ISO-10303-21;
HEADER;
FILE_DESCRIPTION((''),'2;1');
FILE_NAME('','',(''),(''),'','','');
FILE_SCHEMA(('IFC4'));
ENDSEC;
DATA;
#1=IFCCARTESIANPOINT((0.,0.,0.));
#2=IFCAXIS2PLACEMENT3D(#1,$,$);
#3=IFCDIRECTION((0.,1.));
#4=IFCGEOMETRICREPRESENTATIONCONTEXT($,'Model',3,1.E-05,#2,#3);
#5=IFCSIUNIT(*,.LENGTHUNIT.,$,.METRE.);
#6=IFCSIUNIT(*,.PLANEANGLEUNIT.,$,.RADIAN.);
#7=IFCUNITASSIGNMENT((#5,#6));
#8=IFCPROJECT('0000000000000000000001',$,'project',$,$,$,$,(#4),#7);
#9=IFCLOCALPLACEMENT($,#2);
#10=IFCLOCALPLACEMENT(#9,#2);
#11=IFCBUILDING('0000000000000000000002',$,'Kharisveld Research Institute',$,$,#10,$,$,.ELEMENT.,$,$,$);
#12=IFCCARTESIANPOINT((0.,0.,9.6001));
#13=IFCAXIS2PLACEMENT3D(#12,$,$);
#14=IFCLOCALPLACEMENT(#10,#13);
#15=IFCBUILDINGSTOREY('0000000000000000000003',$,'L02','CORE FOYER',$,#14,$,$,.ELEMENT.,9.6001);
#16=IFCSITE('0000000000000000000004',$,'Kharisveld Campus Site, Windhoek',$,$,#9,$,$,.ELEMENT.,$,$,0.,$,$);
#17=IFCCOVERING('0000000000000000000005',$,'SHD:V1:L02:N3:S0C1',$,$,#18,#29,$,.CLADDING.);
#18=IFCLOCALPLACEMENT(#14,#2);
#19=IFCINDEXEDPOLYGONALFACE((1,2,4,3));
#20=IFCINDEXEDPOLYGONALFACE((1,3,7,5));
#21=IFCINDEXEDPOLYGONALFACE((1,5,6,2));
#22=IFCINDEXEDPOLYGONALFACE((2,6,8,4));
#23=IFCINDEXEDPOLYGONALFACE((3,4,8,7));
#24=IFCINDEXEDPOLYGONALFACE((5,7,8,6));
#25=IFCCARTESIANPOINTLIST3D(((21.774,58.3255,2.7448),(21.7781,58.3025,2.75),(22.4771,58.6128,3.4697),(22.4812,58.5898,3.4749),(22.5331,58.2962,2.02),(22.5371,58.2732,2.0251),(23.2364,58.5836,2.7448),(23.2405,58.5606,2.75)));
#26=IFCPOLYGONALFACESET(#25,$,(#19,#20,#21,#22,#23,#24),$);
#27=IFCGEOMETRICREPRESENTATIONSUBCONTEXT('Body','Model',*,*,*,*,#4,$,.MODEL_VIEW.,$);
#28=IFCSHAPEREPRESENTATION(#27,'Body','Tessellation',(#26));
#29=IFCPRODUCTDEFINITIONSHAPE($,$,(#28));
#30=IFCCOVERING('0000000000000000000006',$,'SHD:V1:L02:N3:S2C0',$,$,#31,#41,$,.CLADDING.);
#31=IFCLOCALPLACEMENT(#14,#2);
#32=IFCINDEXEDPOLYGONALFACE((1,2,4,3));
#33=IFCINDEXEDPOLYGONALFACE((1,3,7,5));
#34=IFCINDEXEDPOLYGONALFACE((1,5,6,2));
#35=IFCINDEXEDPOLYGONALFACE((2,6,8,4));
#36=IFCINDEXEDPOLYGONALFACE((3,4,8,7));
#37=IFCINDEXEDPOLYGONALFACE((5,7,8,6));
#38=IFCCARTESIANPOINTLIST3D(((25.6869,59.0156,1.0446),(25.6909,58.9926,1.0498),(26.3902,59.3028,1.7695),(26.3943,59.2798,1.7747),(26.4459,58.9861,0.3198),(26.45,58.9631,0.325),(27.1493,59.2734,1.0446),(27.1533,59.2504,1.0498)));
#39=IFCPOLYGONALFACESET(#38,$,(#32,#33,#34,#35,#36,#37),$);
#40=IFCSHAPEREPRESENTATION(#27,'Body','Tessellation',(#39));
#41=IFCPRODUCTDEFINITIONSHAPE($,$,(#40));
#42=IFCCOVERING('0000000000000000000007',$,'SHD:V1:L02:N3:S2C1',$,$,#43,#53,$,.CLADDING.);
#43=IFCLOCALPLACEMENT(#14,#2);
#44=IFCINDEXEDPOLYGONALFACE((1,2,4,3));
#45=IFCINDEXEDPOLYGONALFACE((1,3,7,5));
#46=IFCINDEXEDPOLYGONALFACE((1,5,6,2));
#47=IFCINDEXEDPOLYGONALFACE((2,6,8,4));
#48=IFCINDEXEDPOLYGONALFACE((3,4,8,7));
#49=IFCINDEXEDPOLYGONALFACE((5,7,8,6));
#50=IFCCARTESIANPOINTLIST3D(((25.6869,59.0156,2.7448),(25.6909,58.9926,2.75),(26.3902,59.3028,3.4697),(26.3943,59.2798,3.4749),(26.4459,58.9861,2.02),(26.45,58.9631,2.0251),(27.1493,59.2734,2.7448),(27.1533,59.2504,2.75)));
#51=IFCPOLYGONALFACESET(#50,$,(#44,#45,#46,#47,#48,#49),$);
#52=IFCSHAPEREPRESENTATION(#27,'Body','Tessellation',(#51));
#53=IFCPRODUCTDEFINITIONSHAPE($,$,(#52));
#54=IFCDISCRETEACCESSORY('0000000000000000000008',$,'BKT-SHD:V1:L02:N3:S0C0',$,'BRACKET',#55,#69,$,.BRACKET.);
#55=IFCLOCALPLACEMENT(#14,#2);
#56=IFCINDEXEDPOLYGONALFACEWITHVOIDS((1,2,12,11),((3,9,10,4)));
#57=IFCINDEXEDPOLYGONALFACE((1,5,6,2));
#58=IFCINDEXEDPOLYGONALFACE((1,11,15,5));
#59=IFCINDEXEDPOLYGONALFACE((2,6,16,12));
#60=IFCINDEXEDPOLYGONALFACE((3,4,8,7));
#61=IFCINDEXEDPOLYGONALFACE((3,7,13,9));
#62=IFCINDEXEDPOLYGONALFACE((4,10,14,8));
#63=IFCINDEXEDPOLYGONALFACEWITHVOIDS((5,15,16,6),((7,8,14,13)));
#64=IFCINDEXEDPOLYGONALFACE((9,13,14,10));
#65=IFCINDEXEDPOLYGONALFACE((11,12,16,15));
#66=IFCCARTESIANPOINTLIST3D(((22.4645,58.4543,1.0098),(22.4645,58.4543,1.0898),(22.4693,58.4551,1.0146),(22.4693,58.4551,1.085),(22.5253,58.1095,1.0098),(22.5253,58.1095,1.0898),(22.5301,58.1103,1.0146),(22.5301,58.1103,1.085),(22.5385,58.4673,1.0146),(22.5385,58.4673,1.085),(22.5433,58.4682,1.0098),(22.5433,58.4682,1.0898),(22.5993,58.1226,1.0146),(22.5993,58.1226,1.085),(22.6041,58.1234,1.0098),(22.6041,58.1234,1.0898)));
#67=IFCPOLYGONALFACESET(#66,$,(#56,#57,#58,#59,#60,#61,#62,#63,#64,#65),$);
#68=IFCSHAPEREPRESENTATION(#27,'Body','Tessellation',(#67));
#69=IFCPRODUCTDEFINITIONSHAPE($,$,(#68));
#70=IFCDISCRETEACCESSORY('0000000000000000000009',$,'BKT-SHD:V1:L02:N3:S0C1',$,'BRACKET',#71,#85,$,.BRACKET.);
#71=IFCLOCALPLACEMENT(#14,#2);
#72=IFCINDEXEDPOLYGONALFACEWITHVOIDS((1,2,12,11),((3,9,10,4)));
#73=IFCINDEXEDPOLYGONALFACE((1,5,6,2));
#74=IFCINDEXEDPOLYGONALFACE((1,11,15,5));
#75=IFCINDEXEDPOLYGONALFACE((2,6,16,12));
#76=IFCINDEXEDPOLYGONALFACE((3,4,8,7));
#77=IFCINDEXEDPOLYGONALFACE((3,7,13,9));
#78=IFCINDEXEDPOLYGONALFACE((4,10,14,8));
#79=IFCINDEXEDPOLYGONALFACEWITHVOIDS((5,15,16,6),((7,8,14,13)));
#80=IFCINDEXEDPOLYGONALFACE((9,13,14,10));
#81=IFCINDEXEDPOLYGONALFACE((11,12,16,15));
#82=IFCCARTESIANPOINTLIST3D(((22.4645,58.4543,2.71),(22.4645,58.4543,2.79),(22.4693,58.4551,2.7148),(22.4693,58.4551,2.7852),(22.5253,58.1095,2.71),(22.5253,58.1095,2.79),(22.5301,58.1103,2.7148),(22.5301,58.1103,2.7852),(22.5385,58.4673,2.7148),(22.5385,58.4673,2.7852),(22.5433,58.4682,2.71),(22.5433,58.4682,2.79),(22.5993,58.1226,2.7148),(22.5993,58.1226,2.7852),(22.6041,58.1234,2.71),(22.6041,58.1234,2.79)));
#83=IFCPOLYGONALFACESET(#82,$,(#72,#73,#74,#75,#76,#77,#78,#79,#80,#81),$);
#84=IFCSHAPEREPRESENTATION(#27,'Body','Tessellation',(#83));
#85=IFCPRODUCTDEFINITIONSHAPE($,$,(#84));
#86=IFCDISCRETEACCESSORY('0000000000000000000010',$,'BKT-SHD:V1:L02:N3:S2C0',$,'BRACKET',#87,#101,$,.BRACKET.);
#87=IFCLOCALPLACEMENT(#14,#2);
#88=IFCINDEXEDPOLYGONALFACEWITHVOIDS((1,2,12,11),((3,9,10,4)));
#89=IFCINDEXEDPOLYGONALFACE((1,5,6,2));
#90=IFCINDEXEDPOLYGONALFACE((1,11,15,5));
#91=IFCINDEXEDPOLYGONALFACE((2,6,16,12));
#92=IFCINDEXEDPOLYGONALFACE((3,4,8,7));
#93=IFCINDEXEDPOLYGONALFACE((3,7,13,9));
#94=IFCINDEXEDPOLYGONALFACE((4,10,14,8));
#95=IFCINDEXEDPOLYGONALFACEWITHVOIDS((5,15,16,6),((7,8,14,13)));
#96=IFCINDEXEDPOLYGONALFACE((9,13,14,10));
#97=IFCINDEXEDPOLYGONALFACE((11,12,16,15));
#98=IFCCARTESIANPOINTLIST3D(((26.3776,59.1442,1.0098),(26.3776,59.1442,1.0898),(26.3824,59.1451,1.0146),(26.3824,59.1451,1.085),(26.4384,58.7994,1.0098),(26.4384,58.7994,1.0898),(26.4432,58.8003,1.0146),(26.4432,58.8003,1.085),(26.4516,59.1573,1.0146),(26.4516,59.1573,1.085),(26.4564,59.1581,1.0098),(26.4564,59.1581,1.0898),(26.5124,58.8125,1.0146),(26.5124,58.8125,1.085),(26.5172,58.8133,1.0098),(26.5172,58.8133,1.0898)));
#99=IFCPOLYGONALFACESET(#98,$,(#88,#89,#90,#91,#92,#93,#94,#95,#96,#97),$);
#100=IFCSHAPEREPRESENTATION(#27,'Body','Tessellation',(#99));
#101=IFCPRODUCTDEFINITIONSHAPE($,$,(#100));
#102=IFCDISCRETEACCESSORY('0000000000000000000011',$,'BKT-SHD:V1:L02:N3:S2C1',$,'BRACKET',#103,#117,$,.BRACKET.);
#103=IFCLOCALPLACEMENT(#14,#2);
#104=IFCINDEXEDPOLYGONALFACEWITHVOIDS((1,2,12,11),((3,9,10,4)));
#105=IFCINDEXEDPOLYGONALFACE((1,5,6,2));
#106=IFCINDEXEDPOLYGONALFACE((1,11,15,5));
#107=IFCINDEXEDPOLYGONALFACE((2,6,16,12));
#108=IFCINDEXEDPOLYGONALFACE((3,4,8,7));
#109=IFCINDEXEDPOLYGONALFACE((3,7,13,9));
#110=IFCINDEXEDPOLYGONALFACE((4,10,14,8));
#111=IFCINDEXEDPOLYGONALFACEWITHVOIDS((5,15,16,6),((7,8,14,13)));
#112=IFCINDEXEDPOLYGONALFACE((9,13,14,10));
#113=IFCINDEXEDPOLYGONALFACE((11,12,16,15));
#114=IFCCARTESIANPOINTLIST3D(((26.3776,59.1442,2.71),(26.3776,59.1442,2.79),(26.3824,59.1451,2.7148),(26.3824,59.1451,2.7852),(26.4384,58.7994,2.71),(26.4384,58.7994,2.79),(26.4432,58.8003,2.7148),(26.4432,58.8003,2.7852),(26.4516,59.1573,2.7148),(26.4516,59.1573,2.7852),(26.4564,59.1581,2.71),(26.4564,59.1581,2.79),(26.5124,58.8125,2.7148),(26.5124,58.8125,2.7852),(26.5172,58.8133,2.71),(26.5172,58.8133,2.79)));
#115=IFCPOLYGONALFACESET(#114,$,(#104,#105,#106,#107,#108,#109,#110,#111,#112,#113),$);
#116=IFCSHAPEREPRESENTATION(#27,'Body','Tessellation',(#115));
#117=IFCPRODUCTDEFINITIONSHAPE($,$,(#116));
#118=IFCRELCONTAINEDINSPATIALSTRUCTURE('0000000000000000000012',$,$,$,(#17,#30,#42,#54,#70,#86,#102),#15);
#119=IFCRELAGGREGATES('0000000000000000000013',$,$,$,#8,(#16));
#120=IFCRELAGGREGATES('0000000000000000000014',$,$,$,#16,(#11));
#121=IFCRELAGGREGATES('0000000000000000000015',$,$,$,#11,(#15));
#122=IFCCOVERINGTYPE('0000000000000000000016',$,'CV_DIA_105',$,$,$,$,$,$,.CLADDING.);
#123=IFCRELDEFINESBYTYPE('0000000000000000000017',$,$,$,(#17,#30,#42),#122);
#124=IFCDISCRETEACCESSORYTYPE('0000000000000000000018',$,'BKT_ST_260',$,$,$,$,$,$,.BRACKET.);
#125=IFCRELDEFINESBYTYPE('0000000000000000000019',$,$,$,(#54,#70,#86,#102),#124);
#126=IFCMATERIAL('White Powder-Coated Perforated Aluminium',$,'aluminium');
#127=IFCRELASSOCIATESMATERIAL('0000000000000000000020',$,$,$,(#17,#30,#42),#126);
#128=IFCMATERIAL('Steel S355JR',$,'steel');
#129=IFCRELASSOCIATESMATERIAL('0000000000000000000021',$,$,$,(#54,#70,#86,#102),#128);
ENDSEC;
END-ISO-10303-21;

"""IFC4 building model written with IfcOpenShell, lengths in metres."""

from ifc_helpers import new_model, si_unit, direction, frame, origin, origin_2d, place, context, subcontext, project, spatial, polyline, hollow_rectangle, outline, extrude, material, type_object, element, save


model = new_model("IFC4")

# Units and contexts
model_context = context("Model", 3, precision=1e-05, world=origin(), true_north=direction((0.0, 1.0)))
body_context = subcontext(model_context, "Body", "Model", "MODEL_VIEW")
ifc_project = project(units=[si_unit("LENGTHUNIT", "METRE"), si_unit("PLANEANGLEUNIT", "RADIAN")], contexts=[model_context])

# Site, building, storey
site_placement = place(None, origin())
site = spatial("IfcSite", under=ifc_project, at=site_placement, Name="Kharisveld Campus Site, Windhoek", CompositionType="ELEMENT", RefElevation=0.0)
building_placement = place(site_placement, origin())
building = spatial("IfcBuilding", under=site, at=building_placement, Name="Kharisveld Research Institute", CompositionType="ELEMENT")
storey_placement = place(building_placement, frame((0.0, 0.0, 9.6001)))
storey = spatial("IfcBuildingStorey", under=building, at=storey_placement, Name="L02", Description="CORE FOYER", CompositionType="ELEMENT", Elevation=9.6001)

# Coverings
ifc_material_1 = material(Name="White Powder-Coated Perforated Aluminium", Category="aluminium")
covering_type = type_object("IfcCoveringType", Name="CV_DIA_105", PredefinedType="CLADDING")
for number, where, z_axis, x_axis, name in (
    (1, (22.5371, 58.2732, 2.0251), (0.169653, -0.96142, 0.21654), (0.669807, 0.273663, 0.690266), "SHD:V1:L02:N3:S0C1"),
):
    element("IfcCovering", number, at=place(storey_placement, frame(where, z_axis=z_axis, x_axis=x_axis)), inside=storey, type_object=covering_type, material=ifc_material_1, Name=name, PredefinedType="CLADDING", context=body_context, shape_type="SweptSolid", body=[
        extrude(outline(polyline([(0.0, 0.0), (1.0501, 0.0), (1.0499, 1.0501), (0.0, 1.05), (0.0, 0.0)])), origin(), (0.0, 0.0, -1.0), 0.0239),
    ])
for number, where, z_axis, x_axis, name in (
    (2, (26.45, 58.9631, 0.325), (0.169498, -0.961453, 0.216512), (0.66983, 0.273536, 0.690294), "SHD:V1:L02:N3:S2C0"),
    (3, (26.45, 58.9631, 2.0251), (0.169498, -0.961453, 0.216512), (0.66983, 0.273536, 0.690294), "SHD:V1:L02:N3:S2C1"),
):
    element("IfcCovering", number, at=place(storey_placement, frame(where, z_axis=z_axis, x_axis=x_axis)), inside=storey, type_object=covering_type, material=ifc_material_1, Name=name, PredefinedType="CLADDING", context=body_context, shape_type="SweptSolid", body=[
        extrude(outline(polyline([(0.0, 0.0), (1.0501, 0.0), (1.0501, 1.05), (0.0, 1.05), (0.0, 0.0)])), origin(), (0.0, 0.0, -1.0), 0.0239),
    ])

# Discrete accessories
ifc_material_2 = material(Name="Steel S355JR", Category="steel")
discrete_accessory_type = type_object("IfcDiscreteAccessoryType", Name="BKT_ST_260", PredefinedType="BRACKET")
for number, where, z_axis, x_axis, name in (
    (4, (22.5647, 58.1165, 1.0498), (-0.173666, 0.984805, 0.0), (-0.984805, -0.173666, 0.0), "BKT-SHD:V1:L02:N3:S0C0"),
    (5, (22.5647, 58.1165, 2.75), (-0.173666, 0.984805, 0.0), (-0.984805, -0.173666, 0.0), "BKT-SHD:V1:L02:N3:S0C1"),
    (6, (26.4778, 58.8064, 1.0498), (-0.173666, 0.984805, 0.0), (-0.984805, -0.173666, 0.0), "BKT-SHD:V1:L02:N3:S2C0"),
    (7, (26.4778, 58.8064, 2.75), (-0.173666, 0.984805, 0.0), (-0.984805, -0.173666, 0.0), "BKT-SHD:V1:L02:N3:S2C1"),
):
    element("IfcDiscreteAccessory", number, at=place(storey_placement, frame(where, z_axis=z_axis, x_axis=x_axis)), inside=storey, type_object=discrete_accessory_type, material=ifc_material_2, Name=name, ObjectType="BRACKET", PredefinedType="BRACKET", context=body_context, shape_type="SweptSolid", body=[
        extrude(hollow_rectangle(XDim=0.0801, YDim=0.0801, WallThickness=0.0049, at=origin_2d()), origin(), (0.0, 0.0, 1.0), 0.3501),
    ])

save(model, "model.ifc")
